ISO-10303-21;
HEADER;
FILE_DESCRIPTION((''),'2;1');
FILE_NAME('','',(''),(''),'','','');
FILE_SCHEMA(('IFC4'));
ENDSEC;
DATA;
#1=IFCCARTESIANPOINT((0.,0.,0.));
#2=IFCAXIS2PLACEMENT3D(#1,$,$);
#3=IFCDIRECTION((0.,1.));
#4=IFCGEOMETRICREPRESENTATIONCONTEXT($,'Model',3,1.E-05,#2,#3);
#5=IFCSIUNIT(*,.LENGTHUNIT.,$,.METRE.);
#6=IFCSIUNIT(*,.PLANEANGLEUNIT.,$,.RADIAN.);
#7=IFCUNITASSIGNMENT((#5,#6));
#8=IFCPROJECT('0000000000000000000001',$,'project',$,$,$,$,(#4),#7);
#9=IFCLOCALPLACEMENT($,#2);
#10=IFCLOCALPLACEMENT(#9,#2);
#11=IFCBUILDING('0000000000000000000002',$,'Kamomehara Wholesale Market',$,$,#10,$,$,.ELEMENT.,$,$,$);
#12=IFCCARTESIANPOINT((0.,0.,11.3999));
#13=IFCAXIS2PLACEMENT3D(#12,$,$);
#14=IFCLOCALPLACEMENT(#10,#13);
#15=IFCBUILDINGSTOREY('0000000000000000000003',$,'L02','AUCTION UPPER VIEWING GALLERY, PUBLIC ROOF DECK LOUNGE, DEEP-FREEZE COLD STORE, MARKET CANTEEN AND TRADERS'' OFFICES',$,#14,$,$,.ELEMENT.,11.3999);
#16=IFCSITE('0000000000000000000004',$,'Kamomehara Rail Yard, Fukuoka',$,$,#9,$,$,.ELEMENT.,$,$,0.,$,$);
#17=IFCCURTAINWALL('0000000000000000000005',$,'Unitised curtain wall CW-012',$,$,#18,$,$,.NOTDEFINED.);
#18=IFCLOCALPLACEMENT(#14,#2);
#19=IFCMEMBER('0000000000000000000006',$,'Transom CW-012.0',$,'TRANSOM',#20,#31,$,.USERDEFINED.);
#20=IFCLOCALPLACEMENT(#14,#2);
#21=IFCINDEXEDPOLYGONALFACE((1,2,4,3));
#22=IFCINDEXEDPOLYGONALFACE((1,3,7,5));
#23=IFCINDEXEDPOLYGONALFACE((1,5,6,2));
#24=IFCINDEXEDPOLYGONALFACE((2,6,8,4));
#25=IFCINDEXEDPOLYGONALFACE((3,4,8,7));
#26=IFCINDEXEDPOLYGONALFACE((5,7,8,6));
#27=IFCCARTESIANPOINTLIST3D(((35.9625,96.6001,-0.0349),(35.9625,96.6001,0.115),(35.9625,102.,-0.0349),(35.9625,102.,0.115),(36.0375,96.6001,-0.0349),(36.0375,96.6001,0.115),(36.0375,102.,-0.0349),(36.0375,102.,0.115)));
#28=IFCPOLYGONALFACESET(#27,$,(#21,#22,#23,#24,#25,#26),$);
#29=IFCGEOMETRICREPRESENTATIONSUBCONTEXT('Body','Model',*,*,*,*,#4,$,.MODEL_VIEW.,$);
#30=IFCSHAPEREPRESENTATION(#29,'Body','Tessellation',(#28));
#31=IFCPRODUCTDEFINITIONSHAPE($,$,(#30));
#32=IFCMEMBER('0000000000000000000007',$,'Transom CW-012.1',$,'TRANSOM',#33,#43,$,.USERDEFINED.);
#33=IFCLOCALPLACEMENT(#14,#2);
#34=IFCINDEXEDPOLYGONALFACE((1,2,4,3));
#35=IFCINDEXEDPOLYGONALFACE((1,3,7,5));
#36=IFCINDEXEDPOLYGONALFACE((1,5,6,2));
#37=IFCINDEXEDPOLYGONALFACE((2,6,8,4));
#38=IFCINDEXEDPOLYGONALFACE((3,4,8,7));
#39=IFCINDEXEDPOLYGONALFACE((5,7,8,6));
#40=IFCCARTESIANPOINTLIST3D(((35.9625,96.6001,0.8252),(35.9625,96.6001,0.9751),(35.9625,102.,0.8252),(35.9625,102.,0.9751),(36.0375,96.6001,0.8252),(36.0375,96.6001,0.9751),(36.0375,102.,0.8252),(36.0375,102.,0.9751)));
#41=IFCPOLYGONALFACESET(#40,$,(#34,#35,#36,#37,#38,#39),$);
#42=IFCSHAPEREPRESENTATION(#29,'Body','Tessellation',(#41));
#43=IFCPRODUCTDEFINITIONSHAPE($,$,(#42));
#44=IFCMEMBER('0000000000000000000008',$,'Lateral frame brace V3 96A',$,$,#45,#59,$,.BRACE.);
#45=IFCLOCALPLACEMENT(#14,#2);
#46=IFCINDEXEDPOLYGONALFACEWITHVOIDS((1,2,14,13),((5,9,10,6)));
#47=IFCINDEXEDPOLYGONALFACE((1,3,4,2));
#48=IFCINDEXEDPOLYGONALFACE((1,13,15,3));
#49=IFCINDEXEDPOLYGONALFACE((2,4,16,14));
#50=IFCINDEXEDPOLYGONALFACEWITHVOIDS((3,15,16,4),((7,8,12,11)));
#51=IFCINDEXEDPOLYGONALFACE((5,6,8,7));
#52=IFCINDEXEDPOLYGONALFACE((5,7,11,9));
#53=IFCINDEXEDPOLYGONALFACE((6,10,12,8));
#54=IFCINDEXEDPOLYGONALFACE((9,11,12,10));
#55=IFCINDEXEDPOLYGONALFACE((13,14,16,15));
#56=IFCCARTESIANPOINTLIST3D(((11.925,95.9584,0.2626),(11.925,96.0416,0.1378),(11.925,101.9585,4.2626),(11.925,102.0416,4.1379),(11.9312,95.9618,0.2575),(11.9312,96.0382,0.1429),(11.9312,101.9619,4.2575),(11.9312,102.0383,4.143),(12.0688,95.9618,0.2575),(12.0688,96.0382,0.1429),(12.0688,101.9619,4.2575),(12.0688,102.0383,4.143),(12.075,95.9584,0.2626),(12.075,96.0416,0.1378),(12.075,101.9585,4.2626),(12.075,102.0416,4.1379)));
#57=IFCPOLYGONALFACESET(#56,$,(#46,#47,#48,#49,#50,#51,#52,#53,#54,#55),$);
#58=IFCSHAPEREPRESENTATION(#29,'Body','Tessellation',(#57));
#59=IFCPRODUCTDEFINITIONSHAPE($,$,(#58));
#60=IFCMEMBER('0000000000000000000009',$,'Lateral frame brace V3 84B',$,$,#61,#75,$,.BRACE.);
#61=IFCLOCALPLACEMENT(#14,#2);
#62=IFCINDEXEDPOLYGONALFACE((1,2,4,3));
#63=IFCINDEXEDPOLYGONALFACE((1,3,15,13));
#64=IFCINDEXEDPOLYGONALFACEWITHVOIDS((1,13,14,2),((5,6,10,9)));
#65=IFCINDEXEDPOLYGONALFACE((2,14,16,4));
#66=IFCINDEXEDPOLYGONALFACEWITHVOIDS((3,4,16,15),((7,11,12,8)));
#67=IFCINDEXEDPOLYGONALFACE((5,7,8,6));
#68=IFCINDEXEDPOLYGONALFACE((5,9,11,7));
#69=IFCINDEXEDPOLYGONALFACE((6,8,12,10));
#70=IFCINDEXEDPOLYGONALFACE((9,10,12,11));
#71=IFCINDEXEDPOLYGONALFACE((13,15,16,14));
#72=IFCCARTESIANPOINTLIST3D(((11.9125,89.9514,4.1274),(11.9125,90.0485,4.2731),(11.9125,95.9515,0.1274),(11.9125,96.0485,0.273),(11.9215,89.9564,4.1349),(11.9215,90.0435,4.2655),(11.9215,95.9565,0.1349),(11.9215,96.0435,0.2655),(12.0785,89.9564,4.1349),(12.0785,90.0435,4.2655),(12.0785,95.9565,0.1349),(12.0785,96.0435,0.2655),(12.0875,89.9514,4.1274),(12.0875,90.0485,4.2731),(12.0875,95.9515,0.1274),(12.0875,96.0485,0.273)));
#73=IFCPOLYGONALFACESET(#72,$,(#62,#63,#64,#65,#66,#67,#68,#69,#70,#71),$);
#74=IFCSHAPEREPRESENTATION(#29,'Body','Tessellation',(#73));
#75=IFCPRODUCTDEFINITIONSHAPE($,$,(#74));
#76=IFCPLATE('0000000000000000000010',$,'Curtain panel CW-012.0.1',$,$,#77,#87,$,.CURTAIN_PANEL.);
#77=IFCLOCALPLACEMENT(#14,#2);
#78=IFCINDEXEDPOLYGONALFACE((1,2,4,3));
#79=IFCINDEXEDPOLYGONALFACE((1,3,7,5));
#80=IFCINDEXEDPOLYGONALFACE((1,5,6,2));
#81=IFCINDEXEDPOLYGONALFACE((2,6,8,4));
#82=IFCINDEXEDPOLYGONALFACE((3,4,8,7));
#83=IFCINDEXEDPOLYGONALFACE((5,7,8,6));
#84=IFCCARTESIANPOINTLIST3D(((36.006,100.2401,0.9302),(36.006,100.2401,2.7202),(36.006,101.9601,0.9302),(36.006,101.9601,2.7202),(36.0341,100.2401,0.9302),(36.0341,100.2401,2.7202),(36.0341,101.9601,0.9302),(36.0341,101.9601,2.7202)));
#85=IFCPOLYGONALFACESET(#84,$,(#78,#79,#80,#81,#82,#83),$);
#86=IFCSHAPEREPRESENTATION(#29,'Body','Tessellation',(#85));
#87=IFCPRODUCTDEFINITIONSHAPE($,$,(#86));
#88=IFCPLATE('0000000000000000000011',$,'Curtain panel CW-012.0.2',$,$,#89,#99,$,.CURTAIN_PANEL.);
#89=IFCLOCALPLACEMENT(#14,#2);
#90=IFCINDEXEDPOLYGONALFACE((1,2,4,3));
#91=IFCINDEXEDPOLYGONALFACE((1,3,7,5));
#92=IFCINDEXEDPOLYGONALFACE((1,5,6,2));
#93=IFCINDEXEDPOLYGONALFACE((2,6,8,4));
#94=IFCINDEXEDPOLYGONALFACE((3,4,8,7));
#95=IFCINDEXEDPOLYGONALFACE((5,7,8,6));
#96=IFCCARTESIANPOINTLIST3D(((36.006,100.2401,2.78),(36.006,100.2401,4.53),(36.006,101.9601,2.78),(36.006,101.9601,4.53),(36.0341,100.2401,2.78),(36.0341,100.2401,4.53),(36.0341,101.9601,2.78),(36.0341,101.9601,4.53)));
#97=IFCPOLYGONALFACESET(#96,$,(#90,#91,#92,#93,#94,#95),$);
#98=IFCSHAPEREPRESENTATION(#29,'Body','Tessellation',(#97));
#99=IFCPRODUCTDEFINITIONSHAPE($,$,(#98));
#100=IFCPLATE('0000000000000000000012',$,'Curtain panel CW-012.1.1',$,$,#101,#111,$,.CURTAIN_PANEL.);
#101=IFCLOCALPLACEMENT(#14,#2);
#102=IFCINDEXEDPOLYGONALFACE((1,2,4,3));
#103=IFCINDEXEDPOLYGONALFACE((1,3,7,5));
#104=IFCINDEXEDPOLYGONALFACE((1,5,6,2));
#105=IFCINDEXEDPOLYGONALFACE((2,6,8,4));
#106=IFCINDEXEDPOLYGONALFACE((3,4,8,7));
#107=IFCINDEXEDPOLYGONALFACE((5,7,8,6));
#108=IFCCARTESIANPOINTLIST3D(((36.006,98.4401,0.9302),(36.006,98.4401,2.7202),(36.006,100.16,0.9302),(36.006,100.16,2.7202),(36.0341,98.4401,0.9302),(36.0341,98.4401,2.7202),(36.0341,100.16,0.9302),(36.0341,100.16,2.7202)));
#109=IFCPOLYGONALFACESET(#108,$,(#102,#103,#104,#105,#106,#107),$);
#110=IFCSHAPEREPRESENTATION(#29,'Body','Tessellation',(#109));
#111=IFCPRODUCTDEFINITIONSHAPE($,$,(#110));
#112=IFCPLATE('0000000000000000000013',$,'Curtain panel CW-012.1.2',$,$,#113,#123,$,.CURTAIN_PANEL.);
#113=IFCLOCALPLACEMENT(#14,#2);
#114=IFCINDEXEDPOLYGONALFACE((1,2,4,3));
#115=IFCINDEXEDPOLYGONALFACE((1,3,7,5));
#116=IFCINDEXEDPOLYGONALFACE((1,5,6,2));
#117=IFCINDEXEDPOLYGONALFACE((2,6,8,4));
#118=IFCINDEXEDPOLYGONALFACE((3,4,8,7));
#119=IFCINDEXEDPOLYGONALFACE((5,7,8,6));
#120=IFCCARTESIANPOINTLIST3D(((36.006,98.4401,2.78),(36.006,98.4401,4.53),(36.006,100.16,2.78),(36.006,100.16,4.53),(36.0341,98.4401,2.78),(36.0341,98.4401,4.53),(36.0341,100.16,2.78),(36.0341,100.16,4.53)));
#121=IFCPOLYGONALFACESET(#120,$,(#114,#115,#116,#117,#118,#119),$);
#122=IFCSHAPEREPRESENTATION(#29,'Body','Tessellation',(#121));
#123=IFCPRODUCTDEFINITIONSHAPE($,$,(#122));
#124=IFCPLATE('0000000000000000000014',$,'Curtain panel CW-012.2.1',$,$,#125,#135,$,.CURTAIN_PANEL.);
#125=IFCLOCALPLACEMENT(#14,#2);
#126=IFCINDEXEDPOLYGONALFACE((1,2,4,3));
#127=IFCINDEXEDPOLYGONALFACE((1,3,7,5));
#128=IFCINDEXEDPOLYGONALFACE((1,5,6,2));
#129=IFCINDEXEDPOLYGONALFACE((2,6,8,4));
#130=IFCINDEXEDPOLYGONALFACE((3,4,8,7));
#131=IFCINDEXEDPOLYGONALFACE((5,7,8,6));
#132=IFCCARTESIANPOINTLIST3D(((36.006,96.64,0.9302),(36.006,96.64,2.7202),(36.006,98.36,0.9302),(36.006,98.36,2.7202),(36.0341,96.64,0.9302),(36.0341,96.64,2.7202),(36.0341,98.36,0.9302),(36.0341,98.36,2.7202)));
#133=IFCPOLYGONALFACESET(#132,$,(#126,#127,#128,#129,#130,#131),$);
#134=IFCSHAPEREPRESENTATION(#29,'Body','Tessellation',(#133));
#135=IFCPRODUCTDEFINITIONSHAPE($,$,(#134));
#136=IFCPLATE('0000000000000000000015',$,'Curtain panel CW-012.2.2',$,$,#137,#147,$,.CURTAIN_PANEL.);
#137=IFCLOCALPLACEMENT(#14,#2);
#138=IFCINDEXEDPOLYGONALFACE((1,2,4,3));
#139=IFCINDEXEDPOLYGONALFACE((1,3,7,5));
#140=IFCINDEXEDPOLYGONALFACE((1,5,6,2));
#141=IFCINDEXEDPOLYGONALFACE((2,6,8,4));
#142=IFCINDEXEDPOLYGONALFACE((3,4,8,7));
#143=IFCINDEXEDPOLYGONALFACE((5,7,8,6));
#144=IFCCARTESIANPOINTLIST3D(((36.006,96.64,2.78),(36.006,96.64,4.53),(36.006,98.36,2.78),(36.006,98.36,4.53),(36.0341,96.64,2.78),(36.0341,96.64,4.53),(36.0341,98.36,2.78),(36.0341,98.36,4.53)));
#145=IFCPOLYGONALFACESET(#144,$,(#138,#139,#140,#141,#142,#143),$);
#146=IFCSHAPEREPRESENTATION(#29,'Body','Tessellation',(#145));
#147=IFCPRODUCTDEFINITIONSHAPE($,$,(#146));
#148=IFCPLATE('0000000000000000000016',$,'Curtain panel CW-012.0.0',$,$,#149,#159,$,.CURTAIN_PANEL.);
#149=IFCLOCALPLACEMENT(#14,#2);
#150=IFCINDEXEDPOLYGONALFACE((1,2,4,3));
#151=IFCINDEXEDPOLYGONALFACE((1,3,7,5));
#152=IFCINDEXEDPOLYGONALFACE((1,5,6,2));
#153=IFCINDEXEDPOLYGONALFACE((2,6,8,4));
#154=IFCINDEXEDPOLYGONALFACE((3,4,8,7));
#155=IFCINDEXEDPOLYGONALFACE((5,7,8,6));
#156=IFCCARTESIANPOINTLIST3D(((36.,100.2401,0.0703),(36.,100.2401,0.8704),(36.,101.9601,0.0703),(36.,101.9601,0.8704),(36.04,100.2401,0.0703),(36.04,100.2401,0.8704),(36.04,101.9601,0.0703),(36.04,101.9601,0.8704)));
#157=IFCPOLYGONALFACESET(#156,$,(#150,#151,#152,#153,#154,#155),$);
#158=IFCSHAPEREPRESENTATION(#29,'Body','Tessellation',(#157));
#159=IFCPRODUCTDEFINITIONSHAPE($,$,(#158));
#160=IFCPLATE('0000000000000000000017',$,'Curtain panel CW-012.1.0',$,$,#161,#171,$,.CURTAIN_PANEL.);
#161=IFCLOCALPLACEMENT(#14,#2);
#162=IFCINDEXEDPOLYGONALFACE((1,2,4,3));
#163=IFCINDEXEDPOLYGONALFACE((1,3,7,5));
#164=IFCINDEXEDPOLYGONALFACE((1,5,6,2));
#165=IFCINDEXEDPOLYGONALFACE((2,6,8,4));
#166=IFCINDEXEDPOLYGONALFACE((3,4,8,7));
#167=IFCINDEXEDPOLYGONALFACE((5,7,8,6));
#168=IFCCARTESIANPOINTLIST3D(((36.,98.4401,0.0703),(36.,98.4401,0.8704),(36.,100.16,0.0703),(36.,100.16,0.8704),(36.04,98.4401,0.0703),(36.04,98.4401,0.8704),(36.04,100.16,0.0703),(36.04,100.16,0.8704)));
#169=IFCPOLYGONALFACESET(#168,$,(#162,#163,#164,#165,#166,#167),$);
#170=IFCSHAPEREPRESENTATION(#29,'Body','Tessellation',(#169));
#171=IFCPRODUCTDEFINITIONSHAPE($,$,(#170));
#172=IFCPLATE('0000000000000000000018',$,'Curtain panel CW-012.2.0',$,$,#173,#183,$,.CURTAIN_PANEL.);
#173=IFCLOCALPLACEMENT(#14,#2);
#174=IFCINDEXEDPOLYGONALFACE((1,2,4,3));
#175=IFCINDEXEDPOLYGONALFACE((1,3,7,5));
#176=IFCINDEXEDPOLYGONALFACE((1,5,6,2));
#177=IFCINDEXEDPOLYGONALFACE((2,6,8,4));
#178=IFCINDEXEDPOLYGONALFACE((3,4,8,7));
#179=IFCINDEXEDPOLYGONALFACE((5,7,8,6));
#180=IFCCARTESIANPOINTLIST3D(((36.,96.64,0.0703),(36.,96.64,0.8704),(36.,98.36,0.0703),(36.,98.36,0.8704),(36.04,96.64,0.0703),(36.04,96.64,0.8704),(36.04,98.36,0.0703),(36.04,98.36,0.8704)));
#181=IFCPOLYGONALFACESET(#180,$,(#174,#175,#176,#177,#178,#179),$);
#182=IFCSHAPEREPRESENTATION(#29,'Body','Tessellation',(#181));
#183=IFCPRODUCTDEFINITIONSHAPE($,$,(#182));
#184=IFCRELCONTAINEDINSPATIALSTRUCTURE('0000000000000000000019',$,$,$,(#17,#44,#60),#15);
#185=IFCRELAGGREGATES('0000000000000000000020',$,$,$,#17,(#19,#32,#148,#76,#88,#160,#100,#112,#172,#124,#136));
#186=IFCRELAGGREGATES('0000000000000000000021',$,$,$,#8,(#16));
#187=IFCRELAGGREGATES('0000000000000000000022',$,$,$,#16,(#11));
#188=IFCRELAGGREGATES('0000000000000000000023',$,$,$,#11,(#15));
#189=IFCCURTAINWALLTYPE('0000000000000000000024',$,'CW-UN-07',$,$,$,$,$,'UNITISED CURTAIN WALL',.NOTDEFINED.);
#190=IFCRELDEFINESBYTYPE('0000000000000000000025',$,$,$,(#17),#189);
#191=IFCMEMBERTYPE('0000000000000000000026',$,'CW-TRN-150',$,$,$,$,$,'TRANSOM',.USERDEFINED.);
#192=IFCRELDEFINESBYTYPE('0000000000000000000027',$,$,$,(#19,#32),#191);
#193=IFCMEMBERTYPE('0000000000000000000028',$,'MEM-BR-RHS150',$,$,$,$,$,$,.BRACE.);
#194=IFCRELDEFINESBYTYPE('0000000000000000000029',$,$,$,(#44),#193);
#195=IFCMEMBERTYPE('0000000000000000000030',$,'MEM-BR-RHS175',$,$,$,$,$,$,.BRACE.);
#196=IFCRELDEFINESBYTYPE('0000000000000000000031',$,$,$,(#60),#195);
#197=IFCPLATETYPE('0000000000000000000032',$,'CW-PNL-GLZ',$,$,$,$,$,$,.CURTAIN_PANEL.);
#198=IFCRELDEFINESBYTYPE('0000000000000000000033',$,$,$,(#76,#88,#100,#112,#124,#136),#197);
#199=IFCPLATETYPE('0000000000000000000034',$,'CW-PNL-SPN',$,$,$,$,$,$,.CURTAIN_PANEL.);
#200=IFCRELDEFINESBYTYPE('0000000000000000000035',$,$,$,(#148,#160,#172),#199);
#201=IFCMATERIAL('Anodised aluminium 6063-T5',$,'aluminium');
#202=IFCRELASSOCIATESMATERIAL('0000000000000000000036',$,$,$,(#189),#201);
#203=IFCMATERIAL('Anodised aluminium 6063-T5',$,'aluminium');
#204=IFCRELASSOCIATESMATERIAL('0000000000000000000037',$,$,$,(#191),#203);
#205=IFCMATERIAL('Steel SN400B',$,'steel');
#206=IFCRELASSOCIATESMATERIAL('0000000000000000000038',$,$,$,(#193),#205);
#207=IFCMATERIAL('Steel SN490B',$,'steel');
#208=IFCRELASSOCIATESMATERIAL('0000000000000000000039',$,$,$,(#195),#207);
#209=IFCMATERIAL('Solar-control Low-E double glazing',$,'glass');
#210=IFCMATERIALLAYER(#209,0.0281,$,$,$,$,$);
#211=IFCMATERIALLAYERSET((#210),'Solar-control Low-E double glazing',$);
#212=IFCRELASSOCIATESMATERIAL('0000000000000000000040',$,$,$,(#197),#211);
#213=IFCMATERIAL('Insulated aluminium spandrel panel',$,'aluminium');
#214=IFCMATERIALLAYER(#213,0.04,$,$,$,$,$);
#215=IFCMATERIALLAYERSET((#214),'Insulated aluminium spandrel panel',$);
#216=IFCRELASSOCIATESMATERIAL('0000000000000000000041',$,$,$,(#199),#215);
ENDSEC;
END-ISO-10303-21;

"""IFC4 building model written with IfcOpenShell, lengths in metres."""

from ifc_helpers import new_model, si_unit, direction, frame, origin, origin_2d, place, context, subcontext, project, spatial, rectangle, hollow_rectangle, extrude, material, layer, layer_set, material_profile, profile_set, type_object, element, aggregate, save


model = new_model("IFC4")

# Units and contexts
model_context = context("Model", 3, precision=1e-05, world=origin(), true_north=direction((0.0, 1.0)))
body_context = subcontext(model_context, "Body", "Model", "MODEL_VIEW")
ifc_project = project(units=[si_unit("LENGTHUNIT", "METRE"), si_unit("PLANEANGLEUNIT", "RADIAN")], contexts=[model_context])

# Site, building, storey
site_placement = place(None, origin())
site = spatial("IfcSite", under=ifc_project, at=site_placement, Name="Kamomehara Rail Yard, Fukuoka", CompositionType="ELEMENT", RefElevation=0.0)
building_placement = place(site_placement, origin())
building = spatial("IfcBuilding", under=site, at=building_placement, Name="Kamomehara Wholesale Market", CompositionType="ELEMENT")
storey_placement = place(building_placement, frame((0.0, 0.0, 11.3999)))
storey = spatial("IfcBuildingStorey", under=building, at=storey_placement, Name="L02", Description="AUCTION UPPER VIEWING GALLERY, PUBLIC ROOF DECK LOUNGE, DEEP-FREEZE COLD STORE, MARKET CANTEEN AND TRADERS' OFFICES", CompositionType="ELEMENT", Elevation=11.3999)

# Curtain wall, members
ifc_material_1 = material(Name="Anodised aluminium 6063-T5", Category="aluminium")
curtain_wall_type = type_object("IfcCurtainWallType", Name="CW-UN-07", ElementType="UNITISED CURTAIN WALL", PredefinedType="NOTDEFINED", material=ifc_material_1)
curtain_wall_placement = place(storey_placement, origin())
curtain_wall = element("IfcCurtainWall", 1, at=curtain_wall_placement, inside=storey, type_object=curtain_wall_type, Name="Unitised curtain wall CW-012", PredefinedType="NOTDEFINED")
ifc_material_2 = material(Name="Anodised aluminium 6063-T5", Category="aluminium")
ifc_material_profile_1 = material_profile(ifc_material_2, rectangle(XDim=0.075, YDim=0.1499, at=origin_2d()), Name="ALU-TRN-75x150")
ifc_profile_set_1 = profile_set([ifc_material_profile_1], Name="Anodised aluminium 6063-T5")
member_type_1 = type_object("IfcMemberType", Name="CW-TRN-150", ElementType="TRANSOM", PredefinedType="USERDEFINED", material=ifc_profile_set_1)
member_1_placement = place(storey_placement, frame((36.0, 102.0, 0.04), z_axis=(0.0, -1.0, 0.0), x_axis=(1.0, 0.0, 0.0)))
member_1 = element("IfcMember", 2, at=member_1_placement, type_object=member_type_1, Name="Transom CW-012.0", ObjectType="TRANSOM", PredefinedType="USERDEFINED", context=body_context, shape_type="SweptSolid", body=[
    extrude(rectangle(XDim=0.075, YDim=0.1499, at=origin_2d()), origin(), (0.0, 0.0, 1.0), 5.3999),
])
member_2_placement = place(storey_placement, frame((36.0, 102.0, 0.9001), z_axis=(0.0, -1.0, 0.0), x_axis=(1.0, 0.0, 0.0)))
member_2 = element("IfcMember", 3, at=member_2_placement, type_object=member_type_1, Name="Transom CW-012.1", ObjectType="TRANSOM", PredefinedType="USERDEFINED", context=body_context, shape_type="SweptSolid", body=[
    extrude(rectangle(XDim=0.075, YDim=0.1499, at=origin_2d()), origin(), (0.0, 0.0, 1.0), 5.3999),
])

# Members
ifc_material_3 = material(Name="Steel SN400B", Category="steel")
ifc_material_profile_2 = material_profile(ifc_material_3, hollow_rectangle(XDim=0.1499, YDim=0.1499, WallThickness=0.0061, at=origin_2d()), Name="RHS-150x150x6")
ifc_profile_set_2 = profile_set([ifc_material_profile_2], Name="Steel SN400B")
member_type_2 = type_object("IfcMemberType", Name="MEM-BR-RHS150", PredefinedType="BRACE", material=ifc_profile_set_2)
member_3_placement = place(storey_placement, frame((12.0, 96.0, 0.2002), z_axis=(0.0, 0.83205, 0.5547), x_axis=(-1.0, 0.0, 0.0)))
element("IfcMember", 4, at=member_3_placement, inside=storey, type_object=member_type_2, Name="Lateral frame brace V3 96A", PredefinedType="BRACE", context=body_context, shape_type="SweptSolid", body=[
    extrude(hollow_rectangle(XDim=0.1499, YDim=0.1499, WallThickness=0.0061, at=origin_2d()), origin(), (0.0, 0.0, 1.0), 7.2112),
])
ifc_material_4 = material(Name="Steel SN490B", Category="steel")
ifc_material_profile_3 = material_profile(ifc_material_4, hollow_rectangle(XDim=0.175, YDim=0.175, WallThickness=0.009, at=origin_2d()), Name="RHS-175x175x9")
ifc_profile_set_3 = profile_set([ifc_material_profile_3], Name="Steel SN490B")
member_type_3 = type_object("IfcMemberType", Name="MEM-BR-RHS175", PredefinedType="BRACE", material=ifc_profile_set_3)
member_4_placement = place(storey_placement, frame((12.0, 96.0, 0.2002), z_axis=(0.0, -0.83205, 0.5547), x_axis=(1.0, 0.0, 0.0)))
element("IfcMember", 5, at=member_4_placement, inside=storey, type_object=member_type_3, Name="Lateral frame brace V3 84B", PredefinedType="BRACE", context=body_context, shape_type="SweptSolid", body=[
    extrude(hollow_rectangle(XDim=0.175, YDim=0.175, WallThickness=0.009, at=origin_2d()), origin(), (0.0, 0.0, 1.0), 7.2112),
])

# Plates
ifc_material_5 = material(Name="Solar-control Low-E double glazing", Category="glass")
ifc_layer_1 = layer(ifc_material_5, 0.0281)
ifc_layer_set_1 = layer_set([ifc_layer_1], Name="Solar-control Low-E double glazing")
plate_type_1 = type_object("IfcPlateType", Name="CW-PNL-GLZ", PredefinedType="CURTAIN_PANEL", material=ifc_layer_set_1)
plate_1_placement = place(storey_placement, frame((36.02, 101.1001, 0.9302), z_axis=(0.0, 0.0, 1.0), x_axis=(0.0, -1.0, 0.0)))
plate_1 = element("IfcPlate", 6, at=plate_1_placement, type_object=plate_type_1, Name="Curtain panel CW-012.0.1", PredefinedType="CURTAIN_PANEL", context=body_context, shape_type="SweptSolid", body=[
    extrude(rectangle(XDim=1.72, YDim=0.0281, at=origin_2d()), origin(), (0.0, 0.0, 1.0), 1.79),
])
plate_2_placement = place(storey_placement, frame((36.02, 101.1001, 2.78), z_axis=(0.0, 0.0, 1.0), x_axis=(0.0, -1.0, 0.0)))
plate_2 = element("IfcPlate", 7, at=plate_2_placement, type_object=plate_type_1, Name="Curtain panel CW-012.0.2", PredefinedType="CURTAIN_PANEL", context=body_context, shape_type="SweptSolid", body=[
    extrude(rectangle(XDim=1.72, YDim=0.0281, at=origin_2d()), origin(), (0.0, 0.0, 1.0), 1.75),
])
plate_3_placement = place(storey_placement, frame((36.02, 99.3, 0.9302), z_axis=(0.0, 0.0, 1.0), x_axis=(0.0, -1.0, 0.0)))
plate_3 = element("IfcPlate", 8, at=plate_3_placement, type_object=plate_type_1, Name="Curtain panel CW-012.1.1", PredefinedType="CURTAIN_PANEL", context=body_context, shape_type="SweptSolid", body=[
    extrude(rectangle(XDim=1.72, YDim=0.0281, at=origin_2d()), origin(), (0.0, 0.0, 1.0), 1.79),
])
plate_4_placement = place(storey_placement, frame((36.02, 99.3, 2.78), z_axis=(0.0, 0.0, 1.0), x_axis=(0.0, -1.0, 0.0)))
plate_4 = element("IfcPlate", 9, at=plate_4_placement, type_object=plate_type_1, Name="Curtain panel CW-012.1.2", PredefinedType="CURTAIN_PANEL", context=body_context, shape_type="SweptSolid", body=[
    extrude(rectangle(XDim=1.72, YDim=0.0281, at=origin_2d()), origin(), (0.0, 0.0, 1.0), 1.75),
])
plate_5_placement = place(storey_placement, frame((36.02, 97.5, 0.9302), z_axis=(0.0, 0.0, 1.0), x_axis=(0.0, -1.0, 0.0)))
plate_5 = element("IfcPlate", 10, at=plate_5_placement, type_object=plate_type_1, Name="Curtain panel CW-012.2.1", PredefinedType="CURTAIN_PANEL", context=body_context, shape_type="SweptSolid", body=[
    extrude(rectangle(XDim=1.72, YDim=0.0281, at=origin_2d()), origin(), (0.0, 0.0, 1.0), 1.79),
])
plate_6_placement = place(storey_placement, frame((36.02, 97.5, 2.78), z_axis=(0.0, 0.0, 1.0), x_axis=(0.0, -1.0, 0.0)))
plate_6 = element("IfcPlate", 11, at=plate_6_placement, type_object=plate_type_1, Name="Curtain panel CW-012.2.2", PredefinedType="CURTAIN_PANEL", context=body_context, shape_type="SweptSolid", body=[
    extrude(rectangle(XDim=1.72, YDim=0.0281, at=origin_2d()), origin(), (0.0, 0.0, 1.0), 1.75),
])
ifc_material_6 = material(Name="Insulated aluminium spandrel panel", Category="aluminium")
ifc_layer_2 = layer(ifc_material_6, 0.04)
ifc_layer_set_2 = layer_set([ifc_layer_2], Name="Insulated aluminium spandrel panel")
plate_type_2 = type_object("IfcPlateType", Name="CW-PNL-SPN", PredefinedType="CURTAIN_PANEL", material=ifc_layer_set_2)
plate_7_placement = place(storey_placement, frame((36.02, 101.1001, 0.0703), z_axis=(0.0, 0.0, 1.0), x_axis=(0.0, -1.0, 0.0)))
plate_7 = element("IfcPlate", 12, at=plate_7_placement, type_object=plate_type_2, Name="Curtain panel CW-012.0.0", PredefinedType="CURTAIN_PANEL", context=body_context, shape_type="SweptSolid", body=[
    extrude(rectangle(XDim=1.72, YDim=0.04, at=origin_2d()), origin(), (0.0, 0.0, 1.0), 0.8),
])
plate_8_placement = place(storey_placement, frame((36.02, 99.3, 0.0703), z_axis=(0.0, 0.0, 1.0), x_axis=(0.0, -1.0, 0.0)))
plate_8 = element("IfcPlate", 13, at=plate_8_placement, type_object=plate_type_2, Name="Curtain panel CW-012.1.0", PredefinedType="CURTAIN_PANEL", context=body_context, shape_type="SweptSolid", body=[
    extrude(rectangle(XDim=1.72, YDim=0.04, at=origin_2d()), origin(), (0.0, 0.0, 1.0), 0.8),
])
plate_9_placement = place(storey_placement, frame((36.02, 97.5, 0.0703), z_axis=(0.0, 0.0, 1.0), x_axis=(0.0, -1.0, 0.0)))
plate_9 = element("IfcPlate", 14, at=plate_9_placement, type_object=plate_type_2, Name="Curtain panel CW-012.2.0", PredefinedType="CURTAIN_PANEL", context=body_context, shape_type="SweptSolid", body=[
    extrude(rectangle(XDim=1.72, YDim=0.04, at=origin_2d()), origin(), (0.0, 0.0, 1.0), 0.8),
])
aggregate(curtain_wall, [member_1, member_2, plate_7, plate_1, plate_2, plate_8, plate_3, plate_4, plate_9, plate_5, plate_6])

save(model, "model.ifc")
